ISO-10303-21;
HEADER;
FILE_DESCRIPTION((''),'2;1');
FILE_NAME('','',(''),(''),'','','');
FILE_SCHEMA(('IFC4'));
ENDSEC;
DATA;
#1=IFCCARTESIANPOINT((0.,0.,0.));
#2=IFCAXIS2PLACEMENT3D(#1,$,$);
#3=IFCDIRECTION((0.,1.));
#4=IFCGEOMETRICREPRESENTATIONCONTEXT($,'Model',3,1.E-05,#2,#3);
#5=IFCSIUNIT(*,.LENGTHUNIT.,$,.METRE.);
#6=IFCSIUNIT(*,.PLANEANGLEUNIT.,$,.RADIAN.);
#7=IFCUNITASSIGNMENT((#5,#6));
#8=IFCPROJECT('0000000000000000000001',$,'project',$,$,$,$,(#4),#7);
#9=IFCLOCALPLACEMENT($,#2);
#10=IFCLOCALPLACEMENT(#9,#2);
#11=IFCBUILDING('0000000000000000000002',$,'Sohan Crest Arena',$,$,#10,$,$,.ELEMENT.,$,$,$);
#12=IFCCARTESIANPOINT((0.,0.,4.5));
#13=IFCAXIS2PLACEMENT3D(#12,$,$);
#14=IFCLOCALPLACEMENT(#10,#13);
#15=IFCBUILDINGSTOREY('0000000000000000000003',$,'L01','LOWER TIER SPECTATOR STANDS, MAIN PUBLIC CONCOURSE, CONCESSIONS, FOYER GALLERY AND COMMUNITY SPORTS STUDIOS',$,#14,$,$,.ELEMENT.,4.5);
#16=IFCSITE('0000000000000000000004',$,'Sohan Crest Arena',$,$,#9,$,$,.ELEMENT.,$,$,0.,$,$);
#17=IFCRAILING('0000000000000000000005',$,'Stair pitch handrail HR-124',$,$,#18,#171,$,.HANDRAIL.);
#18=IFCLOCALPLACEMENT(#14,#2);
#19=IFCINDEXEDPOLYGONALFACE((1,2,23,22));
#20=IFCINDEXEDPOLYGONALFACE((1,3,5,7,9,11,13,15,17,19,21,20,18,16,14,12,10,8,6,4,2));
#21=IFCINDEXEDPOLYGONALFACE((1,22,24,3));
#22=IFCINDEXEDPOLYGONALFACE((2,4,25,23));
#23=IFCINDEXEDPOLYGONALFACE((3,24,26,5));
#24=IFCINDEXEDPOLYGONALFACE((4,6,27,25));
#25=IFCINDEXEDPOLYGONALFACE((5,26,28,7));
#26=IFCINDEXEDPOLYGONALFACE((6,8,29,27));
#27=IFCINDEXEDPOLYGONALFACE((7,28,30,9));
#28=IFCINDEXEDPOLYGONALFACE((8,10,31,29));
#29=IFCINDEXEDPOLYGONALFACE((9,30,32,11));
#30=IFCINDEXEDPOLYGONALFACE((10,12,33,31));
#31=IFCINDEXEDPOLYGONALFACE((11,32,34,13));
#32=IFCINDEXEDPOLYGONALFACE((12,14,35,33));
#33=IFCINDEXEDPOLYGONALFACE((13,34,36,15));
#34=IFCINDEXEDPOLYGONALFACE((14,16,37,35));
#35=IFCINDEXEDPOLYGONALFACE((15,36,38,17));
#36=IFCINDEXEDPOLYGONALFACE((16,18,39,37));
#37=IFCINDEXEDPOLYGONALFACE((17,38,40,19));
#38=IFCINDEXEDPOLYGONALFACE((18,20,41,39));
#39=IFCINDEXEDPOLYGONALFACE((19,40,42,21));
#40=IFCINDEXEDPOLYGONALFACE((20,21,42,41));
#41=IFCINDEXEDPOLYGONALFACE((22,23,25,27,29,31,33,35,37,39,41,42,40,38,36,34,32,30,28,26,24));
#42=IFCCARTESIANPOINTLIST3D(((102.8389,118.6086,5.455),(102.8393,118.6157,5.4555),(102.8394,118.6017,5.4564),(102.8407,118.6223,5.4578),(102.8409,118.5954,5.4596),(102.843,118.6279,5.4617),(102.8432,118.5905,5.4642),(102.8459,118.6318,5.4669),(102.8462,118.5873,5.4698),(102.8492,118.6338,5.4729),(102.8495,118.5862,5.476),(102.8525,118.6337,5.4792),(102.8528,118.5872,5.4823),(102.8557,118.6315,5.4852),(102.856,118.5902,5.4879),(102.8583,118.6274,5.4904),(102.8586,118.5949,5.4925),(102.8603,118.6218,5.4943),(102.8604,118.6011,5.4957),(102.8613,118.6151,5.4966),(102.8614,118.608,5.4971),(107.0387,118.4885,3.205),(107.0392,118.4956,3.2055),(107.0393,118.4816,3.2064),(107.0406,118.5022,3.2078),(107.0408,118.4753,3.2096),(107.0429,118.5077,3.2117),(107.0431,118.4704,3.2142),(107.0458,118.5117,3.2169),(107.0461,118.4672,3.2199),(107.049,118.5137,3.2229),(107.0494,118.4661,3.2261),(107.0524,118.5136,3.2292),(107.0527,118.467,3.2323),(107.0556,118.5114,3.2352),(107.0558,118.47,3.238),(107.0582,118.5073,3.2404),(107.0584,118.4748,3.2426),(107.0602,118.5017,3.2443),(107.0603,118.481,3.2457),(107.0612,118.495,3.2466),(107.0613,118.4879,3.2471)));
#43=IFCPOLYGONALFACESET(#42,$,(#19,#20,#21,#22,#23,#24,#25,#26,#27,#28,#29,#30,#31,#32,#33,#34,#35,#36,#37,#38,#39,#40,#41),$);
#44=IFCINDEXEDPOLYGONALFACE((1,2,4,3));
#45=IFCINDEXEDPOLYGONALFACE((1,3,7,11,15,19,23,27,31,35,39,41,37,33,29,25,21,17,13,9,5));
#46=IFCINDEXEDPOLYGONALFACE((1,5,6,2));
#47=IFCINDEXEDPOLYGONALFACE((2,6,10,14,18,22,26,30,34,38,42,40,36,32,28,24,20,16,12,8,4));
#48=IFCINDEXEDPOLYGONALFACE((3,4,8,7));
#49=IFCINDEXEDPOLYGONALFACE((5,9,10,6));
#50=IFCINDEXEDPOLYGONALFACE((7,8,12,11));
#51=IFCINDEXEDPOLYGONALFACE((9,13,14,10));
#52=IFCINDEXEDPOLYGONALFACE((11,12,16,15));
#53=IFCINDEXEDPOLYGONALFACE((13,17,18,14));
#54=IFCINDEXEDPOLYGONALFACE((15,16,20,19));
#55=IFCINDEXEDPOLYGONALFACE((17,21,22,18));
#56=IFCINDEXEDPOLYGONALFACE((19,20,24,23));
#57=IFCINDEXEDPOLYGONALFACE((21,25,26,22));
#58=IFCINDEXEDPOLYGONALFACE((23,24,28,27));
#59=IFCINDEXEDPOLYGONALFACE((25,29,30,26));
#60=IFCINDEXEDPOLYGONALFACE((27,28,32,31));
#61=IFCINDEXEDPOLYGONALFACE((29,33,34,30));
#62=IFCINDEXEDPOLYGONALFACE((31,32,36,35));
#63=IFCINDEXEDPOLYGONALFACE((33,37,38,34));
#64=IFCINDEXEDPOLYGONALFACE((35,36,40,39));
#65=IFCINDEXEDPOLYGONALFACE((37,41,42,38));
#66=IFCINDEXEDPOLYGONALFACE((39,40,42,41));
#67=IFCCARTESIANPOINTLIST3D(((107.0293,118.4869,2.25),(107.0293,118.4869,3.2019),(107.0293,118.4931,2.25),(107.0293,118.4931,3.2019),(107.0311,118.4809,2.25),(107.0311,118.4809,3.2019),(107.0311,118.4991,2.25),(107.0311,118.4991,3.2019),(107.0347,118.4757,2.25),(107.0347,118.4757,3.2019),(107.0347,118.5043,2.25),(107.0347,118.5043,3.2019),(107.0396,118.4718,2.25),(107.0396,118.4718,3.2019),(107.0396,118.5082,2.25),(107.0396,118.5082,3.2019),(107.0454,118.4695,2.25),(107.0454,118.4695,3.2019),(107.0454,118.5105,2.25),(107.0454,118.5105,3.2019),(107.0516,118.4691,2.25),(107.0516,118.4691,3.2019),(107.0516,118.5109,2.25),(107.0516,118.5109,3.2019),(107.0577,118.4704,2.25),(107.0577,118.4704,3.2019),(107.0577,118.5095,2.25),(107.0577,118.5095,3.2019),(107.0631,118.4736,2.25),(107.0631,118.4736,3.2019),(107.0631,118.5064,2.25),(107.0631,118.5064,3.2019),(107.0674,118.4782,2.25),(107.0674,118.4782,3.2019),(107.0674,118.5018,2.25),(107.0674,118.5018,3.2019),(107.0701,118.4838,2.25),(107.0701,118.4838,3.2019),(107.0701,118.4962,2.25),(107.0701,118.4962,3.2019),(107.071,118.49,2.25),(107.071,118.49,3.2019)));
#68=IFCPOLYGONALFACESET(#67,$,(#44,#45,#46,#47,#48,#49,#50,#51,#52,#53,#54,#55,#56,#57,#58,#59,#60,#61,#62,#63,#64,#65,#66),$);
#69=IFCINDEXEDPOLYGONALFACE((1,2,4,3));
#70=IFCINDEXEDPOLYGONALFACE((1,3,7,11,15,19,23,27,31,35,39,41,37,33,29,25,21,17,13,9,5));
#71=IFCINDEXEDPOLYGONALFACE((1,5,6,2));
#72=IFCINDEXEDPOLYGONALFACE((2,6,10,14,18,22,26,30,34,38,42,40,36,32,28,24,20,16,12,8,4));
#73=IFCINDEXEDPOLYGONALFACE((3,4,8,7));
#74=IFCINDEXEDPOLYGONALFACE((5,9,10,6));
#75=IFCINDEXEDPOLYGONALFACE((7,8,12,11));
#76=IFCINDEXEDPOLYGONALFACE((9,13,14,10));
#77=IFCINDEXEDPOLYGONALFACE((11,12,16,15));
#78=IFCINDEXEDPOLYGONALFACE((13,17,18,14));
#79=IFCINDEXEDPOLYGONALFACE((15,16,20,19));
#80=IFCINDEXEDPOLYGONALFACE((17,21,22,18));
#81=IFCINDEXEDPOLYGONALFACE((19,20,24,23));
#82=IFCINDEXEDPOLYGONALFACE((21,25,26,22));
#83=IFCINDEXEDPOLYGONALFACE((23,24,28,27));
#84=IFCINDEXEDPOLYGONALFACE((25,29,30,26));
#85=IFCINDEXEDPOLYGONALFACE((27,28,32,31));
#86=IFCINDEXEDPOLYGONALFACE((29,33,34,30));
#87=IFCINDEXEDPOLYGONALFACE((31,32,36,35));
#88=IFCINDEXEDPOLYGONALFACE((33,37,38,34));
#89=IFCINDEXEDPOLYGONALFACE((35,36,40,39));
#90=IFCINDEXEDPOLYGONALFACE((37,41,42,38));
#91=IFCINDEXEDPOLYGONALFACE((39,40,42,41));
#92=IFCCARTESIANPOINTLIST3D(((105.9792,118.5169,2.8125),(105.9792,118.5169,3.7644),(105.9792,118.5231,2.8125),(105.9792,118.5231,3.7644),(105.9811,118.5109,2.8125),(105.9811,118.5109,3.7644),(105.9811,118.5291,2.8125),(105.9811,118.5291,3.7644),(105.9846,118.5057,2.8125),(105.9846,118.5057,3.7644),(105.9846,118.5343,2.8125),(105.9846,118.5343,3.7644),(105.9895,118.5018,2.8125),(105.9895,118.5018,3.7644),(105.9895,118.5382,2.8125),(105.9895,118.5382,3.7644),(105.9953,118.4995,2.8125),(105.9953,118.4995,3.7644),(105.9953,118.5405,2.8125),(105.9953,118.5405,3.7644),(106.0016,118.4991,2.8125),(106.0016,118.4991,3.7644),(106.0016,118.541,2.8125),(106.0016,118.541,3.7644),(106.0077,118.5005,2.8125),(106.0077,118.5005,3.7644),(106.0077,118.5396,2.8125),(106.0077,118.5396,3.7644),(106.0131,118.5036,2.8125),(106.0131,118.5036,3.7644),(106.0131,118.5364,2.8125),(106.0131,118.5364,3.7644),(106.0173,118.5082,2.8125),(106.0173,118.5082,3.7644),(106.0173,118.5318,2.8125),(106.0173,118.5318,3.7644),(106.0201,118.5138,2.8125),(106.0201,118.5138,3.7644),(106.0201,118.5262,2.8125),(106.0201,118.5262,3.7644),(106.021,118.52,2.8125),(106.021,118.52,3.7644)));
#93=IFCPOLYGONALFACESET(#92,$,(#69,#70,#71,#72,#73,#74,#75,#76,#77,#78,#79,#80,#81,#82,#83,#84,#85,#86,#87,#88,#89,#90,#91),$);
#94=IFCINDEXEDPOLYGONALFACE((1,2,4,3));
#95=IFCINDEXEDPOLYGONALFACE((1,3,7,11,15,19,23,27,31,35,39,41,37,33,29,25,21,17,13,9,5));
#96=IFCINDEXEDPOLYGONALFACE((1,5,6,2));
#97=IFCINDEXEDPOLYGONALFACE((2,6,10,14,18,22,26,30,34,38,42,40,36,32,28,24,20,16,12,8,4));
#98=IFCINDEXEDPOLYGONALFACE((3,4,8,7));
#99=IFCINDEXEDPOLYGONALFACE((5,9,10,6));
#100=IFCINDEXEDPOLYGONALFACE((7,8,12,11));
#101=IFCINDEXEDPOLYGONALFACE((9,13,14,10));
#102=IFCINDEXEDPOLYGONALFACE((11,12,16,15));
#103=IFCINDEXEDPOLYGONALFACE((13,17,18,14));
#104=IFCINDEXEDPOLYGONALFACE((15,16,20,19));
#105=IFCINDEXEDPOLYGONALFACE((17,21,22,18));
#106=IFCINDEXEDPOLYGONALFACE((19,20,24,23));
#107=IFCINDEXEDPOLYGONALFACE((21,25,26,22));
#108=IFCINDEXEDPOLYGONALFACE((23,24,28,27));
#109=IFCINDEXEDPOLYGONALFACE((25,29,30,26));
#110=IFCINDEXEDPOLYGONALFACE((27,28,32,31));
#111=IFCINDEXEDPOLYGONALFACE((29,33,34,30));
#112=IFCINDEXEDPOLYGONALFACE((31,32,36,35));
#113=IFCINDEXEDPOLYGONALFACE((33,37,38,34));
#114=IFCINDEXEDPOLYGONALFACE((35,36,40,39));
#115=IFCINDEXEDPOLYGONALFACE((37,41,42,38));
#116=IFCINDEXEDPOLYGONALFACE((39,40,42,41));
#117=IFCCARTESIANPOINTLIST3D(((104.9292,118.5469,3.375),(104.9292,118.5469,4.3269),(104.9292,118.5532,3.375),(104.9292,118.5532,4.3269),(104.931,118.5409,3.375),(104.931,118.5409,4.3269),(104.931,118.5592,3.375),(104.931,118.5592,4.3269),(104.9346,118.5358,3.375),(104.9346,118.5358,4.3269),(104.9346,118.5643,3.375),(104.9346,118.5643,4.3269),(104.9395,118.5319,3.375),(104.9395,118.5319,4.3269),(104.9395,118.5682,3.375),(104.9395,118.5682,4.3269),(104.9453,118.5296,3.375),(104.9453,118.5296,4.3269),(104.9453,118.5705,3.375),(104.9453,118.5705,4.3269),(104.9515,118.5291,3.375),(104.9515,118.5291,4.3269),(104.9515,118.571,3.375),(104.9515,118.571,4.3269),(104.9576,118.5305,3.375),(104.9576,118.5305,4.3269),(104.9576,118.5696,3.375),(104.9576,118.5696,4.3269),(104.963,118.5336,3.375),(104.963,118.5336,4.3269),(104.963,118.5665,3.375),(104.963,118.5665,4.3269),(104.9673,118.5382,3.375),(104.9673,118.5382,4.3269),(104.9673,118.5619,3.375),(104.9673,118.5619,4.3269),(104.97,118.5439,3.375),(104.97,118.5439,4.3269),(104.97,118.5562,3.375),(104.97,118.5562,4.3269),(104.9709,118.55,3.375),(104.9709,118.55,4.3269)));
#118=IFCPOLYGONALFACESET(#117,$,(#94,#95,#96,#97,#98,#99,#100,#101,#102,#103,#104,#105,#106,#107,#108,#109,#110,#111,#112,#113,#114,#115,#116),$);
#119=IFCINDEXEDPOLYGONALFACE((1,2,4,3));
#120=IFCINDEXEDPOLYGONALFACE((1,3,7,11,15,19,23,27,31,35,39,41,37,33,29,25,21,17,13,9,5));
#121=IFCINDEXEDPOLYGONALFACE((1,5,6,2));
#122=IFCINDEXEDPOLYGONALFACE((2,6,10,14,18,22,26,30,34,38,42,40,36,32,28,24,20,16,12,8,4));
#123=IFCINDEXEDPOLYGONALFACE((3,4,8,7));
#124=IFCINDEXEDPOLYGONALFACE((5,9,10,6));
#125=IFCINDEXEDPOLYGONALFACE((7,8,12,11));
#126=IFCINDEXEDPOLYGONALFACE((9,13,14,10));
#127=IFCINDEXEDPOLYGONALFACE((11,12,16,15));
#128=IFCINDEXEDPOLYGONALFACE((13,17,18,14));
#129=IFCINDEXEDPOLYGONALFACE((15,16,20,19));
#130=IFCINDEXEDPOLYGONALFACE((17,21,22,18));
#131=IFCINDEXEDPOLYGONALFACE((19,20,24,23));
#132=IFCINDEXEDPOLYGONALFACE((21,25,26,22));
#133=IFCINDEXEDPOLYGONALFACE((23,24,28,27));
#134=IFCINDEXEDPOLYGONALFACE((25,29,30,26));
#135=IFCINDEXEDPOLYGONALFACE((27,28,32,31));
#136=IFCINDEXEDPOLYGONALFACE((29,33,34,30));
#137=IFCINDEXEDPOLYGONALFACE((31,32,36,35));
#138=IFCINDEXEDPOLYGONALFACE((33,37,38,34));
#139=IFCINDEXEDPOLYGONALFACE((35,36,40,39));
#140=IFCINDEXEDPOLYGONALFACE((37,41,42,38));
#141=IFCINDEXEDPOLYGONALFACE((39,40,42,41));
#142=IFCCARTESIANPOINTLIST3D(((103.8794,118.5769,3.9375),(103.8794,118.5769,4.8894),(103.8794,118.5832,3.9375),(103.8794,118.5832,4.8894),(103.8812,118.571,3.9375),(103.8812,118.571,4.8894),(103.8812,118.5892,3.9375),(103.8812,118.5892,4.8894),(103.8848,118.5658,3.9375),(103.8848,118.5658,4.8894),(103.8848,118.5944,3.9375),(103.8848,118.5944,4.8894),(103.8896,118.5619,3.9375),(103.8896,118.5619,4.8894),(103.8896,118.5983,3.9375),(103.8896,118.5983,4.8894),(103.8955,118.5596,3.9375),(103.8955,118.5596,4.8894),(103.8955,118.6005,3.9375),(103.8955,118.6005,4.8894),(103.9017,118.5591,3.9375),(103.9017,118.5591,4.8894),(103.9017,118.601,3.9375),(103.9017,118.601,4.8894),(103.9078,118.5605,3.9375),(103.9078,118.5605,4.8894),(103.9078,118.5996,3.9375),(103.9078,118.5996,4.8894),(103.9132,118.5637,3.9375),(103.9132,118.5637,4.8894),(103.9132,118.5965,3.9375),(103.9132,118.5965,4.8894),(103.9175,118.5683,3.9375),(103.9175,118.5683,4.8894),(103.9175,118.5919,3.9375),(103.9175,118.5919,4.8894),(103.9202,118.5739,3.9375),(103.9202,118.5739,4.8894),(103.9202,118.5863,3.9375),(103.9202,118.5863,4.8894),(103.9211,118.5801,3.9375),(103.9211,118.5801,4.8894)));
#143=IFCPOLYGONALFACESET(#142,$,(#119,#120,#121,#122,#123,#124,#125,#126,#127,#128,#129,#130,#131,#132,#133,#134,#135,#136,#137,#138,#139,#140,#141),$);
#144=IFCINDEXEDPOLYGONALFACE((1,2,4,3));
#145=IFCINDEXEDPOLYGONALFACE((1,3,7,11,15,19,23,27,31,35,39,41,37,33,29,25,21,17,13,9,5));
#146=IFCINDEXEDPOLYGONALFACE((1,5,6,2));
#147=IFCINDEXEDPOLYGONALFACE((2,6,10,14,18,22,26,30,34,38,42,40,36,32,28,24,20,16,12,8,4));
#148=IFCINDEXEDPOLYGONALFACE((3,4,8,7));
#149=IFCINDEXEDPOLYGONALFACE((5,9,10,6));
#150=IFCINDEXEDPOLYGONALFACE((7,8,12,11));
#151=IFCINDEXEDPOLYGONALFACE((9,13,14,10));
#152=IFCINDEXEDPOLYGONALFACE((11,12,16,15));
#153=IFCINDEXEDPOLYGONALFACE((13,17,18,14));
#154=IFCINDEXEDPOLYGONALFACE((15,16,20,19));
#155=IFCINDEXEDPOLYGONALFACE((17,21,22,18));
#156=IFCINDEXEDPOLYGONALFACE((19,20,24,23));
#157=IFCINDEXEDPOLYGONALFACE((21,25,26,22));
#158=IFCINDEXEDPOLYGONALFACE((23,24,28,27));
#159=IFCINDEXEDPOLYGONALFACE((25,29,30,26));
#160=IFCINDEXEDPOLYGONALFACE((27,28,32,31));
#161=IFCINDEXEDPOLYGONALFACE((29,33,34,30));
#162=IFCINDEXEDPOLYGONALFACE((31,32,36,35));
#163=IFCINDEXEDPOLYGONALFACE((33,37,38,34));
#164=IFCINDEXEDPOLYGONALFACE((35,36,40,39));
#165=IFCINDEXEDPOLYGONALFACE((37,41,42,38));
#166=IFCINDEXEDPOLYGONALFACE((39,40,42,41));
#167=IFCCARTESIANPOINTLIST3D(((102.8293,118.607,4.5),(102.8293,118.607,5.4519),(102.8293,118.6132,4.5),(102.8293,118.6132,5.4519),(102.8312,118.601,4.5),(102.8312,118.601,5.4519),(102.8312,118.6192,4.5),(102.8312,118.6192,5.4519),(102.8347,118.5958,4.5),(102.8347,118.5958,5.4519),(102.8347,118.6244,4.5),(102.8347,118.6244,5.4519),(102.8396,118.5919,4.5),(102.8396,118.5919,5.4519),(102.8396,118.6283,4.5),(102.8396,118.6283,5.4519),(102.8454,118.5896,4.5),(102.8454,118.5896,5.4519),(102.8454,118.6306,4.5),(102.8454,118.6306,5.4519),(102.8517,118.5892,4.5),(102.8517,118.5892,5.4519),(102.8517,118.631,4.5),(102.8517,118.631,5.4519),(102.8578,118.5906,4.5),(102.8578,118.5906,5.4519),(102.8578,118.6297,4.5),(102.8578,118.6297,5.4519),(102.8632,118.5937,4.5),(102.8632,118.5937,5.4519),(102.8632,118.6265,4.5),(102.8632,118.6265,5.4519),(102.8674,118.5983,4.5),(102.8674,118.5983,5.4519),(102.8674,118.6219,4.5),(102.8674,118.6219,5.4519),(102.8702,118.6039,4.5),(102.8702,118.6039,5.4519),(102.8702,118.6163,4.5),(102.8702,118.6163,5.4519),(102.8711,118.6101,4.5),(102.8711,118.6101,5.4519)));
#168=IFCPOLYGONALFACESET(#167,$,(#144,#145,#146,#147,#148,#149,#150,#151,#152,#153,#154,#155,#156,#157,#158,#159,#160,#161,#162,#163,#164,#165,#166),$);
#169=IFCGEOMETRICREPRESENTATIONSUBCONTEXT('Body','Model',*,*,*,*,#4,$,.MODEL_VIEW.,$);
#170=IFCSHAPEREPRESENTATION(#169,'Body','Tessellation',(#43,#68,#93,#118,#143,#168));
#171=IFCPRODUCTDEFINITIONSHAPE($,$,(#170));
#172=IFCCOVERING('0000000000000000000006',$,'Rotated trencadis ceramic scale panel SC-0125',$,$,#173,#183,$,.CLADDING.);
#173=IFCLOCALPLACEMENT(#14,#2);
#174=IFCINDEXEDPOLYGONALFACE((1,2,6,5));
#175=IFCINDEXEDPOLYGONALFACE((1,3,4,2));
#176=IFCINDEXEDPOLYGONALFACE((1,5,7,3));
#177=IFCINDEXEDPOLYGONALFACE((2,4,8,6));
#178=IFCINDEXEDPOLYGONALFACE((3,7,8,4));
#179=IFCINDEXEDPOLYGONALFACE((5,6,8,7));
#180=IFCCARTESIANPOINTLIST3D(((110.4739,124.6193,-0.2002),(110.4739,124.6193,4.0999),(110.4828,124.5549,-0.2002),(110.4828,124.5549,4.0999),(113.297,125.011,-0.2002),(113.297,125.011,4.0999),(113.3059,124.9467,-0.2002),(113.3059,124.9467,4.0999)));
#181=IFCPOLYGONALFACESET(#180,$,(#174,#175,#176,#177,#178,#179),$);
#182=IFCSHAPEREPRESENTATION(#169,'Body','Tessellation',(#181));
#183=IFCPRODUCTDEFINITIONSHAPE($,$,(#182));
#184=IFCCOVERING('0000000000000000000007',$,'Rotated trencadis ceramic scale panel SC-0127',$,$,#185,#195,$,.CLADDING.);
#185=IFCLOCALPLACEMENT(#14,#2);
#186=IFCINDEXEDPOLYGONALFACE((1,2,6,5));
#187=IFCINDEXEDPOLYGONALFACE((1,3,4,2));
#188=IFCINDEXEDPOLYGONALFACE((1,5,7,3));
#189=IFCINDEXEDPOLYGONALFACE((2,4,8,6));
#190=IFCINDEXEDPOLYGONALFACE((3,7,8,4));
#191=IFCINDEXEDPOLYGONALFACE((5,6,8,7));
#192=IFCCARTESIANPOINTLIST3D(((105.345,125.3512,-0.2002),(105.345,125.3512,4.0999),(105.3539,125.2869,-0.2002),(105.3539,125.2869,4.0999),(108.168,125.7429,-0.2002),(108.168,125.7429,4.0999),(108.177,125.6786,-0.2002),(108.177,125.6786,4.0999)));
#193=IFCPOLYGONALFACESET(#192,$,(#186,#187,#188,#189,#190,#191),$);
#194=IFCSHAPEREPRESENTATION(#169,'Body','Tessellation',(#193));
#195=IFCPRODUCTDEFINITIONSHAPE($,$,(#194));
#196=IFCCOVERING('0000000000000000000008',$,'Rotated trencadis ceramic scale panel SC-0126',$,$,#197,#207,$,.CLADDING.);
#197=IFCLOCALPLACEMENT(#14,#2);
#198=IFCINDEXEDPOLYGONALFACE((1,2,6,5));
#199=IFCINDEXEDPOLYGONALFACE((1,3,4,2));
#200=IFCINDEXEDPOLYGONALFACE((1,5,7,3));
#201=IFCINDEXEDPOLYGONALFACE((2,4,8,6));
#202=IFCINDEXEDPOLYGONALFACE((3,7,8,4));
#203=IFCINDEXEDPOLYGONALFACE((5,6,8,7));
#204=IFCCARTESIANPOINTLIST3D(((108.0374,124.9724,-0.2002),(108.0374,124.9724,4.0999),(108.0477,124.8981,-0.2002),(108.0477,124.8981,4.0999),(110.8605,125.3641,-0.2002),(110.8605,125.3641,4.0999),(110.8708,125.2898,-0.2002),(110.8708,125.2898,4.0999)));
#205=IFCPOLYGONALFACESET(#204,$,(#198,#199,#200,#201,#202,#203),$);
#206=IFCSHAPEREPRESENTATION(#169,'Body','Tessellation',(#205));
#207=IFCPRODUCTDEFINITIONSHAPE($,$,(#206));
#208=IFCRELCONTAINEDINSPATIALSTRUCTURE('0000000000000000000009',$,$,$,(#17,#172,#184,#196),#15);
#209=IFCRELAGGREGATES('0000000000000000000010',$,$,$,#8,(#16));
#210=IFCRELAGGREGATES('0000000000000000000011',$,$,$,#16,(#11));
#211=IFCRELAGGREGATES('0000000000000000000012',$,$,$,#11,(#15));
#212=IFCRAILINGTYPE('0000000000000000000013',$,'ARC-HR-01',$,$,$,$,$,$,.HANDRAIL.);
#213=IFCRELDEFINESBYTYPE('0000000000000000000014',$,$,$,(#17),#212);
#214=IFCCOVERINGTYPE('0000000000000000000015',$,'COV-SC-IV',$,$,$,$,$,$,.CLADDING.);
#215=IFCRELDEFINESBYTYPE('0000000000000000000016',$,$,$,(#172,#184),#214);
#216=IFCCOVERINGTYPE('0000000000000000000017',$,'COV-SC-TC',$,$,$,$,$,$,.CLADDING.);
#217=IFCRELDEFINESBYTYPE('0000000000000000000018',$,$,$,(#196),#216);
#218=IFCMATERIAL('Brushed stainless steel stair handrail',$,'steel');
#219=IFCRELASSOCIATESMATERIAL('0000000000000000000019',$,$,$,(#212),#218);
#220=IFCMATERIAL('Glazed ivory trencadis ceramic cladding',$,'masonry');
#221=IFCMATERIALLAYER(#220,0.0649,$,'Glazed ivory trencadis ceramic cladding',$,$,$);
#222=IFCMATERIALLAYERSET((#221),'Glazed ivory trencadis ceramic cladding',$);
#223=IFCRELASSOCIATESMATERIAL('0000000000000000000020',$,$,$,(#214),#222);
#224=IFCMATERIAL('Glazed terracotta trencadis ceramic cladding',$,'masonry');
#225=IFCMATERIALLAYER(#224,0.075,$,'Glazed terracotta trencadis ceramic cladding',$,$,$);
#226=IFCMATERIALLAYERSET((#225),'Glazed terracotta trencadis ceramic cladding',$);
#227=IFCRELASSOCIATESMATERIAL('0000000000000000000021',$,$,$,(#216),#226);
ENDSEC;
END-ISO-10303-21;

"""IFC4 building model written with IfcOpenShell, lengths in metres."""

from ifc_helpers import new_model, si_unit, direction, frame, origin, origin_2d, place, context, subcontext, project, spatial, rectangle, circle, extrude, material, layer, layer_set, type_object, element, save


model = new_model("IFC4")

# Units and contexts
model_context = context("Model", 3, precision=1e-05, world=origin(), true_north=direction((0.0, 1.0)))
body_context = subcontext(model_context, "Body", "Model", "MODEL_VIEW")
ifc_project = project(units=[si_unit("LENGTHUNIT", "METRE"), si_unit("PLANEANGLEUNIT", "RADIAN")], contexts=[model_context])

# Site, building, storey
site_placement = place(None, origin())
site = spatial("IfcSite", under=ifc_project, at=site_placement, Name="Sohan Crest Arena", CompositionType="ELEMENT", RefElevation=0.0)
building_placement = place(site_placement, origin())
building = spatial("IfcBuilding", under=site, at=building_placement, Name="Sohan Crest Arena", CompositionType="ELEMENT")
storey_placement = place(building_placement, frame((0.0, 0.0, 4.5)))
storey = spatial("IfcBuildingStorey", under=building, at=storey_placement, Name="L01", Description="LOWER TIER SPECTATOR STANDS, MAIN PUBLIC CONCOURSE, CONCESSIONS, FOYER GALLERY AND COMMUNITY SPORTS STUDIOS", CompositionType="ELEMENT", Elevation=4.5)

# Railing
ifc_material_1 = material(Name="Brushed stainless steel stair handrail", Category="steel")
railing_type_1 = type_object("IfcRailingType", Name="ARC-HR-01", PredefinedType="HANDRAIL", material=ifc_material_1)
railing_1_placement = place(storey_placement, frame((107.05, 118.49, 2.25)))
element("IfcRailing", 1, at=railing_1_placement, inside=storey, type_object=railing_type_1, Name="Stair pitch handrail HR-124", PredefinedType="HANDRAIL", context=body_context, shape_type="SweptSolid", body=[
    extrude(circle(Radius=0.0239, at=origin_2d()), frame((0.0, 0.0, 0.9761), z_axis=(-0.881198, 0.025202, 0.472076), x_axis=(-0.028588, -0.999591, 0.0)), (0.0, 0.0, 1.0), 4.7661),
    extrude(circle(Radius=0.021, at=origin_2d()), origin(), (0.0, 0.0, 1.0), 0.9519),
    extrude(circle(Radius=0.021, at=origin_2d()), frame((-1.05, 0.03, 0.5625)), (0.0, 0.0, 1.0), 0.9519),
    extrude(circle(Radius=0.021, at=origin_2d()), frame((-2.1001, 0.0601, 1.125)), (0.0, 0.0, 1.0), 0.9519),
    extrude(circle(Radius=0.021, at=origin_2d()), frame((-3.1499, 0.0901, 1.6875)), (0.0, 0.0, 1.0), 0.9519),
    extrude(circle(Radius=0.021, at=origin_2d()), frame((-4.2, 0.1201, 2.25)), (0.0, 0.0, 1.0), 0.9519),
])

# Coverings
ifc_material_2 = material(Name="Glazed ivory trencadis ceramic cladding", Category="masonry")
ifc_layer_1 = layer(ifc_material_2, 0.0649, Name="Glazed ivory trencadis ceramic cladding")
ifc_layer_set_1 = layer_set([ifc_layer_1], Name="Glazed ivory trencadis ceramic cladding")
covering_type_1 = type_object("IfcCoveringType", Name="COV-SC-IV", PredefinedType="CLADDING", material=ifc_layer_set_1)
for number, where, z_axis, x_axis, name in (
    (2, (111.8899, 124.783, -0.2002), (0.0, 0.0, 1.0), (-0.990509, -0.137445, 0.0), "Rotated trencadis ceramic scale panel SC-0125"),
    (3, (106.761, 125.5149, -0.2002), (0.0, 0.0, 1.0), (-0.990509, -0.137445, 0.0), "Rotated trencadis ceramic scale panel SC-0127"),
):
    element("IfcCovering", number, at=place(storey_placement, frame(where, z_axis=z_axis, x_axis=x_axis)), inside=storey, type_object=covering_type_1, Name=name, PredefinedType="CLADDING", context=body_context, shape_type="SweptSolid", body=[
        extrude(rectangle(XDim=2.8501, YDim=0.0649, at=origin_2d()), origin(), (0.0, 0.0, 1.0), 4.3),
    ])
ifc_material_3 = material(Name="Glazed terracotta trencadis ceramic cladding", Category="masonry")
ifc_layer_2 = layer(ifc_material_3, 0.075, Name="Glazed terracotta trencadis ceramic cladding")
ifc_layer_set_2 = layer_set([ifc_layer_2], Name="Glazed terracotta trencadis ceramic cladding")
covering_type_2 = type_object("IfcCoveringType", Name="COV-SC-TC", PredefinedType="CLADDING", material=ifc_layer_set_2)
covering_placement = place(storey_placement, frame((109.4541, 125.1311, -0.2002), z_axis=(0.0, 0.0, 1.0), x_axis=(-0.990509, -0.137445, 0.0)))
element("IfcCovering", 4, at=covering_placement, inside=storey, type_object=covering_type_2, Name="Rotated trencadis ceramic scale panel SC-0126", PredefinedType="CLADDING", context=body_context, shape_type="SweptSolid", body=[
    extrude(rectangle(XDim=2.8501, YDim=0.075, at=origin_2d()), origin(), (0.0, 0.0, 1.0), 4.3),
])

save(model, "model.ifc")
